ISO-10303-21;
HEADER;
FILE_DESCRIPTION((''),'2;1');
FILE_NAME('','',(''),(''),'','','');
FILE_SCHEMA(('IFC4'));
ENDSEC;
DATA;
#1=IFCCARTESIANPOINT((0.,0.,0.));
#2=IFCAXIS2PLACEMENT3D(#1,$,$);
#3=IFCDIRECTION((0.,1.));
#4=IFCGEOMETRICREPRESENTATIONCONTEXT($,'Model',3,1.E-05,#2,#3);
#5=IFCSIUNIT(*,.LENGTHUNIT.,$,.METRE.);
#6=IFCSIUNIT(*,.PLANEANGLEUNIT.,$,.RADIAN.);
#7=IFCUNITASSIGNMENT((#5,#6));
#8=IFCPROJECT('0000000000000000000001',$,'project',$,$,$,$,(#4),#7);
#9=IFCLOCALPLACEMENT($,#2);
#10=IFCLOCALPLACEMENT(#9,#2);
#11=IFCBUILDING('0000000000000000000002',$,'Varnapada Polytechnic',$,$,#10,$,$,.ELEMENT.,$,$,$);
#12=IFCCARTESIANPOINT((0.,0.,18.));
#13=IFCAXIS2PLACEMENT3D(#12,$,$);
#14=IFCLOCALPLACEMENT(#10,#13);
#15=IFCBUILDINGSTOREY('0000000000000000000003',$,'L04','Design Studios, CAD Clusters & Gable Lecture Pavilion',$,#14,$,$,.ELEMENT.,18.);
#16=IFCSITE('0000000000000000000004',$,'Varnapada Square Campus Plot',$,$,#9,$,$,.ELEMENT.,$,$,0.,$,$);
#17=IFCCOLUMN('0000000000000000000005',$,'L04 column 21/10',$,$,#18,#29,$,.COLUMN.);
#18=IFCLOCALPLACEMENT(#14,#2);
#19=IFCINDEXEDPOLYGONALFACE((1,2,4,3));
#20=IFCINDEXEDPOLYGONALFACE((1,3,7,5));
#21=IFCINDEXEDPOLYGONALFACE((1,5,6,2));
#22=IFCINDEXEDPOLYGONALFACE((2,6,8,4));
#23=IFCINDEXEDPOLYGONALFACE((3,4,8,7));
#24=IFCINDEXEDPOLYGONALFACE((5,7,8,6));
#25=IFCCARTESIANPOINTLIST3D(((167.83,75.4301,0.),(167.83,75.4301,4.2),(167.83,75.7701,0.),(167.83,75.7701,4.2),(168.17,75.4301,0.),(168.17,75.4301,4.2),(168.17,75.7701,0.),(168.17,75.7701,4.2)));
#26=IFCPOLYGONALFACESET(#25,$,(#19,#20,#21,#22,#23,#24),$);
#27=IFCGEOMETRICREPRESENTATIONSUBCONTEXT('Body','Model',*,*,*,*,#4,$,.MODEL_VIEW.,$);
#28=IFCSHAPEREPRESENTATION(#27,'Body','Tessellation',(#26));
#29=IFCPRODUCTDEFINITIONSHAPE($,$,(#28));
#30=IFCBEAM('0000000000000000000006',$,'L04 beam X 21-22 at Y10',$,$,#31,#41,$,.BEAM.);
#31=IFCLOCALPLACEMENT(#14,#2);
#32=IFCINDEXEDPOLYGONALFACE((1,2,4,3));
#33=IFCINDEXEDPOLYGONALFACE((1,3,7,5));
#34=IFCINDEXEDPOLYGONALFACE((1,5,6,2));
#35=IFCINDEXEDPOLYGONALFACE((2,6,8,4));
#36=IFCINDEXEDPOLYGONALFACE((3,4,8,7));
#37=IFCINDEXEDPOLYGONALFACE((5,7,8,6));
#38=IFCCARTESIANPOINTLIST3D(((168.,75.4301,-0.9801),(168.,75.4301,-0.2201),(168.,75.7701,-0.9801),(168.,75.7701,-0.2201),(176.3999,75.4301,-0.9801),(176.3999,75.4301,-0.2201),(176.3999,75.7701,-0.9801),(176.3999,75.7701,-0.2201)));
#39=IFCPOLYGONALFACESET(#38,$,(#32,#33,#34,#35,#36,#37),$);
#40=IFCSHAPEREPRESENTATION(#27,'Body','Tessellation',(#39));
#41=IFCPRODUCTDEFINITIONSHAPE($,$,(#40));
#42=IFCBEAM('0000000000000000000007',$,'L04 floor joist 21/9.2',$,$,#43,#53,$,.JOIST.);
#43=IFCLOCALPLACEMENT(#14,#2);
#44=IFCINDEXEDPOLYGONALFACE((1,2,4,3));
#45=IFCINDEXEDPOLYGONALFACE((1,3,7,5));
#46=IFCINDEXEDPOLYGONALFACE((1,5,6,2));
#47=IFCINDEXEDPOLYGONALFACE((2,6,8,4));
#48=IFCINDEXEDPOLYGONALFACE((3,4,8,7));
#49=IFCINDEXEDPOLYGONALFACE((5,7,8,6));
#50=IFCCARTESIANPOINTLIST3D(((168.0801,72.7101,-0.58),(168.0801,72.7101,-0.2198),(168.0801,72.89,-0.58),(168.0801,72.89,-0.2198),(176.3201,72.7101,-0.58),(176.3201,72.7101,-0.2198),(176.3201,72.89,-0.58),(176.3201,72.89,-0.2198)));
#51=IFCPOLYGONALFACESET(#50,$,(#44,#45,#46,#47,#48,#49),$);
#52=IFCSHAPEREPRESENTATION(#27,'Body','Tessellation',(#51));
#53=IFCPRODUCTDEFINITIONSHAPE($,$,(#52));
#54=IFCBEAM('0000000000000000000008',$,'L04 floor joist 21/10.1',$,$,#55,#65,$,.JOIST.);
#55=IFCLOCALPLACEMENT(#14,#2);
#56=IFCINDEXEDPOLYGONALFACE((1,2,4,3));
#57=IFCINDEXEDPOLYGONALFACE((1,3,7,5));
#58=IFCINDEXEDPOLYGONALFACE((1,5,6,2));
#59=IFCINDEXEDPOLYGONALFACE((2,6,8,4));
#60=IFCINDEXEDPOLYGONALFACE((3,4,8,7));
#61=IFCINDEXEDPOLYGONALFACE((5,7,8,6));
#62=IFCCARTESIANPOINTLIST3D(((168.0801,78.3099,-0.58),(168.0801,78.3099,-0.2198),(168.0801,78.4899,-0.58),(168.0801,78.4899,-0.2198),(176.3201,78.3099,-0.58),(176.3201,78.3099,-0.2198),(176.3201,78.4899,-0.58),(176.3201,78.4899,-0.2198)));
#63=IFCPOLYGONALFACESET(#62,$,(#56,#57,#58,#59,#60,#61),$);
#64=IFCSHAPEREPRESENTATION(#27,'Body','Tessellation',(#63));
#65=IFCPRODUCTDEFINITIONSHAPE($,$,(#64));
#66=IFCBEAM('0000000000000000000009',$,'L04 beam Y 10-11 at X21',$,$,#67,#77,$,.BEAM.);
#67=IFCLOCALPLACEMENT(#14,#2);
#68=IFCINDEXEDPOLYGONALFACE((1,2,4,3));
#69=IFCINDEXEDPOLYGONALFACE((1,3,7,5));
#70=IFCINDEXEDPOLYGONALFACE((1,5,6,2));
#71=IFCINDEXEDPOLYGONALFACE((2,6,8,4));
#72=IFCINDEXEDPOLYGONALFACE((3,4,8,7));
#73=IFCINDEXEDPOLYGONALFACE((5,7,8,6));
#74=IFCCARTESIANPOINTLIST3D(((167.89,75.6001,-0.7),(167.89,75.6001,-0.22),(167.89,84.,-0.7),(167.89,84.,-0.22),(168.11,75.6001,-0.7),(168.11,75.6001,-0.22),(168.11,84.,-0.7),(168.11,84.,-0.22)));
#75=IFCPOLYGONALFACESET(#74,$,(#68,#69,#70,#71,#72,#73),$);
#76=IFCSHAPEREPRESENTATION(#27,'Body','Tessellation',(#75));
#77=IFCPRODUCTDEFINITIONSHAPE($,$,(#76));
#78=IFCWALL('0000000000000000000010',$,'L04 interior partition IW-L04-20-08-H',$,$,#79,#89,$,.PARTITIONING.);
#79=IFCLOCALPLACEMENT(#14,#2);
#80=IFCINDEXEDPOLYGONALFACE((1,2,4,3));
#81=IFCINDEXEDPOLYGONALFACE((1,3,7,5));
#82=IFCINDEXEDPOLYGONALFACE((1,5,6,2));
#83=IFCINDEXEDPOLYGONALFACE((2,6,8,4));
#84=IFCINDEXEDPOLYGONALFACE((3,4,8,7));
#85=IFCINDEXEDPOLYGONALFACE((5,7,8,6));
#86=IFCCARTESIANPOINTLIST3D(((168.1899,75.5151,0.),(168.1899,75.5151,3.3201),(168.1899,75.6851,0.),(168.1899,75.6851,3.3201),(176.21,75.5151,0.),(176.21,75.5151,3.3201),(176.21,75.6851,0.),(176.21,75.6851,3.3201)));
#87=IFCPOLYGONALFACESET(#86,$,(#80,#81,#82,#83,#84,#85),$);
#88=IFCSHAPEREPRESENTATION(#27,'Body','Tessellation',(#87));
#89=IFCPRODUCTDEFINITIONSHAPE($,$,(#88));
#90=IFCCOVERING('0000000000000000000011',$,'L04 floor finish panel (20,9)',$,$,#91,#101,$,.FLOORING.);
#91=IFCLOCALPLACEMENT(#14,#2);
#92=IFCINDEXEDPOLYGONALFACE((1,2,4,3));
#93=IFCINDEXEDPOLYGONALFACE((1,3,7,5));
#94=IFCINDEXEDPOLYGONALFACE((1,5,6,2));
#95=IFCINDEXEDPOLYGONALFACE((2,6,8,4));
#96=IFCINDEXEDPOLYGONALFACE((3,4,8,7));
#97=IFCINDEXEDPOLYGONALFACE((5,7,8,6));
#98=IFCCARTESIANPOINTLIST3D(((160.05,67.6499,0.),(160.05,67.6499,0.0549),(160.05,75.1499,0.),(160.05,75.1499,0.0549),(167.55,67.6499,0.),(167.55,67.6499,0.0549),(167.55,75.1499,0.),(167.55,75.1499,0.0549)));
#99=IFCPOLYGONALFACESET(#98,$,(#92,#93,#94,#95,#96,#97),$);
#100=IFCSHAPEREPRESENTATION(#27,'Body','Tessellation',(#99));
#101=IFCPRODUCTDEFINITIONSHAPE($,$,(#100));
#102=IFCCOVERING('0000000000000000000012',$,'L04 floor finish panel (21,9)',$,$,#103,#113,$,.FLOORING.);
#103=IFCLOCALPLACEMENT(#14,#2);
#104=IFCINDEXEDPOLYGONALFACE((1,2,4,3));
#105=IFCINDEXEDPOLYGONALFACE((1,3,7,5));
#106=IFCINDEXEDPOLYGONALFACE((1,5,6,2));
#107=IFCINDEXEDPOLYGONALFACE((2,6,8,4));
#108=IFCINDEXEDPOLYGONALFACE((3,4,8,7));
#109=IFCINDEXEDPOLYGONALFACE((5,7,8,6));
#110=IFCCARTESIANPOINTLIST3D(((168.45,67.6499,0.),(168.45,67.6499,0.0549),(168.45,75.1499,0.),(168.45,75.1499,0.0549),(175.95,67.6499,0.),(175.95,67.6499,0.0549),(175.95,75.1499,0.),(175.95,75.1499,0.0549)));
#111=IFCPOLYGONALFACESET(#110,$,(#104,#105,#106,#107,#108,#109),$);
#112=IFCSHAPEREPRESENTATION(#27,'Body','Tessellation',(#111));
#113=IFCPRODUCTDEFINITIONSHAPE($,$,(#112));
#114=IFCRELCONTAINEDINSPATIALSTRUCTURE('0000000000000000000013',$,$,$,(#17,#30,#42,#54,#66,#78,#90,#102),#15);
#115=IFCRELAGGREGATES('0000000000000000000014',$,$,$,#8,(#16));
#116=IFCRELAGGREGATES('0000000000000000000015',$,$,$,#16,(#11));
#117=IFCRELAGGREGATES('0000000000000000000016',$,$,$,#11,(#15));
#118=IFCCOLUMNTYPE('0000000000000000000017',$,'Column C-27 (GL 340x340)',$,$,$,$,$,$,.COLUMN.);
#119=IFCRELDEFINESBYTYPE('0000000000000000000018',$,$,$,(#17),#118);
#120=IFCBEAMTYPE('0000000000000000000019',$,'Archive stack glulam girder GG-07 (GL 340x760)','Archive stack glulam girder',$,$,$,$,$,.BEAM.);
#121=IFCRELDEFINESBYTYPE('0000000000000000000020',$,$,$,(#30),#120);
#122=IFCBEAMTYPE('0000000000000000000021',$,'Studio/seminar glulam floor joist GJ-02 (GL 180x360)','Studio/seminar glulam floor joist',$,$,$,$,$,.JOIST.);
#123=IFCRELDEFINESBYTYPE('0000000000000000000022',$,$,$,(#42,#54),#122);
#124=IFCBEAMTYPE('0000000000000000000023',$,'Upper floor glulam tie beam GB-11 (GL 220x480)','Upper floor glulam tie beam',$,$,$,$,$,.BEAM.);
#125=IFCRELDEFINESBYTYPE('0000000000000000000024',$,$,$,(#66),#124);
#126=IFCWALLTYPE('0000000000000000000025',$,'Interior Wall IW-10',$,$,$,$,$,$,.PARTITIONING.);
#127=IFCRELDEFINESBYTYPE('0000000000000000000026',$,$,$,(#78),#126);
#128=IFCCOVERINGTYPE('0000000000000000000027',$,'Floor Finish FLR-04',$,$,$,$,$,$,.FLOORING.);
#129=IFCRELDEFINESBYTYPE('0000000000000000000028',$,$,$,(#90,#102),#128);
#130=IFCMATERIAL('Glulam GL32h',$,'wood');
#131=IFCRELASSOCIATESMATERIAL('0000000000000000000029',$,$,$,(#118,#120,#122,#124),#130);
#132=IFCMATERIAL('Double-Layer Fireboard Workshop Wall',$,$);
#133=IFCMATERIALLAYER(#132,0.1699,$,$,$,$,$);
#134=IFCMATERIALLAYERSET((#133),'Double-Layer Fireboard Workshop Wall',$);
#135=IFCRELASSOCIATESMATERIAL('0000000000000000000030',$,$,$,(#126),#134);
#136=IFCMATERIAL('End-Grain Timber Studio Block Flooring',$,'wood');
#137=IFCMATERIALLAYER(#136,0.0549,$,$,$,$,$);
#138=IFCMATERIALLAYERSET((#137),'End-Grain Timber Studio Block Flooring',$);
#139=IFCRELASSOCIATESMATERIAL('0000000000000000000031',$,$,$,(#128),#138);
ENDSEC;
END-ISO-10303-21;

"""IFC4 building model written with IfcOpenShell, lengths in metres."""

from ifc_helpers import new_model, si_unit, direction, frame, frame_2d, origin, origin_2d, place, context, subcontext, project, spatial, rectangle, extrude, material, layer, layer_set, material_profile, profile_set, type_object, element, save


model = new_model("IFC4")

# Units and contexts
model_context = context("Model", 3, precision=1e-05, world=origin(), true_north=direction((0.0, 1.0)))
body_context = subcontext(model_context, "Body", "Model", "MODEL_VIEW")
ifc_project = project(units=[si_unit("LENGTHUNIT", "METRE"), si_unit("PLANEANGLEUNIT", "RADIAN")], contexts=[model_context])

# Site, building, storey
site_placement = place(None, origin())
site = spatial("IfcSite", under=ifc_project, at=site_placement, Name="Varnapada Square Campus Plot", CompositionType="ELEMENT", RefElevation=0.0)
building_placement = place(site_placement, origin())
building = spatial("IfcBuilding", under=site, at=building_placement, Name="Varnapada Polytechnic", CompositionType="ELEMENT")
storey_placement = place(building_placement, frame((0.0, 0.0, 18.0)))
storey = spatial("IfcBuildingStorey", under=building, at=storey_placement, Name="L04", Description="Design Studios, CAD Clusters & Gable Lecture Pavilion", CompositionType="ELEMENT", Elevation=18.0)

# Column
ifc_material_1 = material(Name="Glulam GL32h", Category="wood")
ifc_material_profile_1 = material_profile(ifc_material_1, rectangle(XDim=0.3401, YDim=0.3401, at=origin_2d()), Name="GL 340x340")
ifc_profile_set_1 = profile_set([ifc_material_profile_1], Name="Glulam GL32h")
column_type = type_object("IfcColumnType", Name="Column C-27 (GL 340x340)", PredefinedType="COLUMN", material=ifc_profile_set_1)
column_placement = place(storey_placement, frame((168.0, 75.6001, 0.0), z_axis=(0.0, 0.0, 1.0), x_axis=(1.0, 0.0, 0.0)))
element("IfcColumn", 1, at=column_placement, inside=storey, type_object=column_type, Name="L04 column 21/10", PredefinedType="COLUMN", context=body_context, shape_type="SweptSolid", body=[
    extrude(rectangle(XDim=0.3401, YDim=0.3401, at=origin_2d()), origin(), (0.0, 0.0, 1.0), 4.2),
])

# Beams
ifc_material_profile_2 = material_profile(ifc_material_1, rectangle(XDim=0.3401, YDim=0.76, at=origin_2d()), Name="GL 340x760")
ifc_profile_set_2 = profile_set([ifc_material_profile_2], Name="Glulam GL32h")
beam_type_1 = type_object("IfcBeamType", Name="Archive stack glulam girder GG-07 (GL 340x760)", Description="Archive stack glulam girder", PredefinedType="BEAM", material=ifc_profile_set_2)
beam_1_placement = place(storey_placement, frame((168.0, 75.6001, -0.6001), z_axis=(1.0, 0.0, 0.0), x_axis=(0.0, 1.0, 0.0)))
element("IfcBeam", 2, at=beam_1_placement, inside=storey, type_object=beam_type_1, Name="L04 beam X 21-22 at Y10", PredefinedType="BEAM", context=body_context, shape_type="SweptSolid", body=[
    extrude(rectangle(XDim=0.3401, YDim=0.76, at=origin_2d()), origin(), (0.0, 0.0, 1.0), 8.3999),
])
ifc_material_profile_3 = material_profile(ifc_material_1, rectangle(XDim=0.1799, YDim=0.3601, at=origin_2d()), Name="GL 180x360")
ifc_profile_set_3 = profile_set([ifc_material_profile_3], Name="Glulam GL32h")
beam_type_2 = type_object("IfcBeamType", Name="Studio/seminar glulam floor joist GJ-02 (GL 180x360)", Description="Studio/seminar glulam floor joist", PredefinedType="JOIST", material=ifc_profile_set_3)
for number, where, z_axis, x_axis, name in (
    (3, (168.0801, 72.8, -0.3999), (1.0, 0.0, 0.0), (0.0, 1.0, 0.0), "L04 floor joist 21/9.2"),
    (4, (168.0801, 78.3999, -0.3999), (1.0, 0.0, 0.0), (0.0, 1.0, 0.0), "L04 floor joist 21/10.1"),
):
    element("IfcBeam", number, at=place(storey_placement, frame(where, z_axis=z_axis, x_axis=x_axis)), inside=storey, type_object=beam_type_2, Name=name, PredefinedType="JOIST", context=body_context, shape_type="SweptSolid", body=[
        extrude(rectangle(XDim=0.1799, YDim=0.3601, at=origin_2d()), origin(), (0.0, 0.0, 1.0), 8.24),
    ])
ifc_material_profile_4 = material_profile(ifc_material_1, rectangle(XDim=0.22, YDim=0.48, at=origin_2d()), Name="GL 220x480")
ifc_profile_set_4 = profile_set([ifc_material_profile_4], Name="Glulam GL32h")
beam_type_3 = type_object("IfcBeamType", Name="Upper floor glulam tie beam GB-11 (GL 220x480)", Description="Upper floor glulam tie beam", PredefinedType="BEAM", material=ifc_profile_set_4)
beam_2_placement = place(storey_placement, frame((168.0, 75.6001, -0.46), z_axis=(0.0, 1.0, 0.0), x_axis=(-1.0, 0.0, 0.0)))
element("IfcBeam", 5, at=beam_2_placement, inside=storey, type_object=beam_type_3, Name="L04 beam Y 10-11 at X21", PredefinedType="BEAM", context=body_context, shape_type="SweptSolid", body=[
    extrude(rectangle(XDim=0.22, YDim=0.48, at=origin_2d()), origin(), (0.0, 0.0, 1.0), 8.3999),
])

# Wall
ifc_material_2 = material(Name="Double-Layer Fireboard Workshop Wall")
ifc_layer_1 = layer(ifc_material_2, 0.1699)
ifc_layer_set_1 = layer_set([ifc_layer_1], Name="Double-Layer Fireboard Workshop Wall")
wall_type_1 = type_object("IfcWallType", Name="Interior Wall IW-10", PredefinedType="PARTITIONING", material=ifc_layer_set_1)
wall_1_placement = place(storey_placement, frame((168.1899, 75.6001, 0.0), z_axis=(0.0, 0.0, 1.0), x_axis=(1.0, 0.0, 0.0)))
element("IfcWall", 6, at=wall_1_placement, inside=storey, type_object=wall_type_1, Name="L04 interior partition IW-L04-20-08-H", PredefinedType="PARTITIONING", context=body_context, shape_type="SweptSolid", body=[
    extrude(rectangle(XDim=8.02, YDim=0.1699, at=frame_2d((4.01, 0.0))), origin(), (0.0, 0.0, 1.0), 3.3201),
])

# Coverings
ifc_material_3 = material(Name="End-Grain Timber Studio Block Flooring", Category="wood")
ifc_layer_2 = layer(ifc_material_3, 0.0549)
ifc_layer_set_2 = layer_set([ifc_layer_2], Name="End-Grain Timber Studio Block Flooring")
covering_type = type_object("IfcCoveringType", Name="Floor Finish FLR-04", PredefinedType="FLOORING", material=ifc_layer_set_2)
for number, where, z_axis, x_axis, name in (
    (7, (163.8, 71.3999, 0.0), (0.0, 0.0, 1.0), (1.0, 0.0, 0.0), "L04 floor finish panel (20,9)"),
    (8, (172.2, 71.3999, 0.0), (0.0, 0.0, 1.0), (1.0, 0.0, 0.0), "L04 floor finish panel (21,9)"),
):
    element("IfcCovering", number, at=place(storey_placement, frame(where, z_axis=z_axis, x_axis=x_axis)), inside=storey, type_object=covering_type, Name=name, PredefinedType="FLOORING", context=body_context, shape_type="SweptSolid", body=[
        extrude(rectangle(XDim=7.5, YDim=7.5, at=origin_2d()), origin(), (0.0, 0.0, 1.0), 0.0549),
    ])

save(model, "model.ifc")
